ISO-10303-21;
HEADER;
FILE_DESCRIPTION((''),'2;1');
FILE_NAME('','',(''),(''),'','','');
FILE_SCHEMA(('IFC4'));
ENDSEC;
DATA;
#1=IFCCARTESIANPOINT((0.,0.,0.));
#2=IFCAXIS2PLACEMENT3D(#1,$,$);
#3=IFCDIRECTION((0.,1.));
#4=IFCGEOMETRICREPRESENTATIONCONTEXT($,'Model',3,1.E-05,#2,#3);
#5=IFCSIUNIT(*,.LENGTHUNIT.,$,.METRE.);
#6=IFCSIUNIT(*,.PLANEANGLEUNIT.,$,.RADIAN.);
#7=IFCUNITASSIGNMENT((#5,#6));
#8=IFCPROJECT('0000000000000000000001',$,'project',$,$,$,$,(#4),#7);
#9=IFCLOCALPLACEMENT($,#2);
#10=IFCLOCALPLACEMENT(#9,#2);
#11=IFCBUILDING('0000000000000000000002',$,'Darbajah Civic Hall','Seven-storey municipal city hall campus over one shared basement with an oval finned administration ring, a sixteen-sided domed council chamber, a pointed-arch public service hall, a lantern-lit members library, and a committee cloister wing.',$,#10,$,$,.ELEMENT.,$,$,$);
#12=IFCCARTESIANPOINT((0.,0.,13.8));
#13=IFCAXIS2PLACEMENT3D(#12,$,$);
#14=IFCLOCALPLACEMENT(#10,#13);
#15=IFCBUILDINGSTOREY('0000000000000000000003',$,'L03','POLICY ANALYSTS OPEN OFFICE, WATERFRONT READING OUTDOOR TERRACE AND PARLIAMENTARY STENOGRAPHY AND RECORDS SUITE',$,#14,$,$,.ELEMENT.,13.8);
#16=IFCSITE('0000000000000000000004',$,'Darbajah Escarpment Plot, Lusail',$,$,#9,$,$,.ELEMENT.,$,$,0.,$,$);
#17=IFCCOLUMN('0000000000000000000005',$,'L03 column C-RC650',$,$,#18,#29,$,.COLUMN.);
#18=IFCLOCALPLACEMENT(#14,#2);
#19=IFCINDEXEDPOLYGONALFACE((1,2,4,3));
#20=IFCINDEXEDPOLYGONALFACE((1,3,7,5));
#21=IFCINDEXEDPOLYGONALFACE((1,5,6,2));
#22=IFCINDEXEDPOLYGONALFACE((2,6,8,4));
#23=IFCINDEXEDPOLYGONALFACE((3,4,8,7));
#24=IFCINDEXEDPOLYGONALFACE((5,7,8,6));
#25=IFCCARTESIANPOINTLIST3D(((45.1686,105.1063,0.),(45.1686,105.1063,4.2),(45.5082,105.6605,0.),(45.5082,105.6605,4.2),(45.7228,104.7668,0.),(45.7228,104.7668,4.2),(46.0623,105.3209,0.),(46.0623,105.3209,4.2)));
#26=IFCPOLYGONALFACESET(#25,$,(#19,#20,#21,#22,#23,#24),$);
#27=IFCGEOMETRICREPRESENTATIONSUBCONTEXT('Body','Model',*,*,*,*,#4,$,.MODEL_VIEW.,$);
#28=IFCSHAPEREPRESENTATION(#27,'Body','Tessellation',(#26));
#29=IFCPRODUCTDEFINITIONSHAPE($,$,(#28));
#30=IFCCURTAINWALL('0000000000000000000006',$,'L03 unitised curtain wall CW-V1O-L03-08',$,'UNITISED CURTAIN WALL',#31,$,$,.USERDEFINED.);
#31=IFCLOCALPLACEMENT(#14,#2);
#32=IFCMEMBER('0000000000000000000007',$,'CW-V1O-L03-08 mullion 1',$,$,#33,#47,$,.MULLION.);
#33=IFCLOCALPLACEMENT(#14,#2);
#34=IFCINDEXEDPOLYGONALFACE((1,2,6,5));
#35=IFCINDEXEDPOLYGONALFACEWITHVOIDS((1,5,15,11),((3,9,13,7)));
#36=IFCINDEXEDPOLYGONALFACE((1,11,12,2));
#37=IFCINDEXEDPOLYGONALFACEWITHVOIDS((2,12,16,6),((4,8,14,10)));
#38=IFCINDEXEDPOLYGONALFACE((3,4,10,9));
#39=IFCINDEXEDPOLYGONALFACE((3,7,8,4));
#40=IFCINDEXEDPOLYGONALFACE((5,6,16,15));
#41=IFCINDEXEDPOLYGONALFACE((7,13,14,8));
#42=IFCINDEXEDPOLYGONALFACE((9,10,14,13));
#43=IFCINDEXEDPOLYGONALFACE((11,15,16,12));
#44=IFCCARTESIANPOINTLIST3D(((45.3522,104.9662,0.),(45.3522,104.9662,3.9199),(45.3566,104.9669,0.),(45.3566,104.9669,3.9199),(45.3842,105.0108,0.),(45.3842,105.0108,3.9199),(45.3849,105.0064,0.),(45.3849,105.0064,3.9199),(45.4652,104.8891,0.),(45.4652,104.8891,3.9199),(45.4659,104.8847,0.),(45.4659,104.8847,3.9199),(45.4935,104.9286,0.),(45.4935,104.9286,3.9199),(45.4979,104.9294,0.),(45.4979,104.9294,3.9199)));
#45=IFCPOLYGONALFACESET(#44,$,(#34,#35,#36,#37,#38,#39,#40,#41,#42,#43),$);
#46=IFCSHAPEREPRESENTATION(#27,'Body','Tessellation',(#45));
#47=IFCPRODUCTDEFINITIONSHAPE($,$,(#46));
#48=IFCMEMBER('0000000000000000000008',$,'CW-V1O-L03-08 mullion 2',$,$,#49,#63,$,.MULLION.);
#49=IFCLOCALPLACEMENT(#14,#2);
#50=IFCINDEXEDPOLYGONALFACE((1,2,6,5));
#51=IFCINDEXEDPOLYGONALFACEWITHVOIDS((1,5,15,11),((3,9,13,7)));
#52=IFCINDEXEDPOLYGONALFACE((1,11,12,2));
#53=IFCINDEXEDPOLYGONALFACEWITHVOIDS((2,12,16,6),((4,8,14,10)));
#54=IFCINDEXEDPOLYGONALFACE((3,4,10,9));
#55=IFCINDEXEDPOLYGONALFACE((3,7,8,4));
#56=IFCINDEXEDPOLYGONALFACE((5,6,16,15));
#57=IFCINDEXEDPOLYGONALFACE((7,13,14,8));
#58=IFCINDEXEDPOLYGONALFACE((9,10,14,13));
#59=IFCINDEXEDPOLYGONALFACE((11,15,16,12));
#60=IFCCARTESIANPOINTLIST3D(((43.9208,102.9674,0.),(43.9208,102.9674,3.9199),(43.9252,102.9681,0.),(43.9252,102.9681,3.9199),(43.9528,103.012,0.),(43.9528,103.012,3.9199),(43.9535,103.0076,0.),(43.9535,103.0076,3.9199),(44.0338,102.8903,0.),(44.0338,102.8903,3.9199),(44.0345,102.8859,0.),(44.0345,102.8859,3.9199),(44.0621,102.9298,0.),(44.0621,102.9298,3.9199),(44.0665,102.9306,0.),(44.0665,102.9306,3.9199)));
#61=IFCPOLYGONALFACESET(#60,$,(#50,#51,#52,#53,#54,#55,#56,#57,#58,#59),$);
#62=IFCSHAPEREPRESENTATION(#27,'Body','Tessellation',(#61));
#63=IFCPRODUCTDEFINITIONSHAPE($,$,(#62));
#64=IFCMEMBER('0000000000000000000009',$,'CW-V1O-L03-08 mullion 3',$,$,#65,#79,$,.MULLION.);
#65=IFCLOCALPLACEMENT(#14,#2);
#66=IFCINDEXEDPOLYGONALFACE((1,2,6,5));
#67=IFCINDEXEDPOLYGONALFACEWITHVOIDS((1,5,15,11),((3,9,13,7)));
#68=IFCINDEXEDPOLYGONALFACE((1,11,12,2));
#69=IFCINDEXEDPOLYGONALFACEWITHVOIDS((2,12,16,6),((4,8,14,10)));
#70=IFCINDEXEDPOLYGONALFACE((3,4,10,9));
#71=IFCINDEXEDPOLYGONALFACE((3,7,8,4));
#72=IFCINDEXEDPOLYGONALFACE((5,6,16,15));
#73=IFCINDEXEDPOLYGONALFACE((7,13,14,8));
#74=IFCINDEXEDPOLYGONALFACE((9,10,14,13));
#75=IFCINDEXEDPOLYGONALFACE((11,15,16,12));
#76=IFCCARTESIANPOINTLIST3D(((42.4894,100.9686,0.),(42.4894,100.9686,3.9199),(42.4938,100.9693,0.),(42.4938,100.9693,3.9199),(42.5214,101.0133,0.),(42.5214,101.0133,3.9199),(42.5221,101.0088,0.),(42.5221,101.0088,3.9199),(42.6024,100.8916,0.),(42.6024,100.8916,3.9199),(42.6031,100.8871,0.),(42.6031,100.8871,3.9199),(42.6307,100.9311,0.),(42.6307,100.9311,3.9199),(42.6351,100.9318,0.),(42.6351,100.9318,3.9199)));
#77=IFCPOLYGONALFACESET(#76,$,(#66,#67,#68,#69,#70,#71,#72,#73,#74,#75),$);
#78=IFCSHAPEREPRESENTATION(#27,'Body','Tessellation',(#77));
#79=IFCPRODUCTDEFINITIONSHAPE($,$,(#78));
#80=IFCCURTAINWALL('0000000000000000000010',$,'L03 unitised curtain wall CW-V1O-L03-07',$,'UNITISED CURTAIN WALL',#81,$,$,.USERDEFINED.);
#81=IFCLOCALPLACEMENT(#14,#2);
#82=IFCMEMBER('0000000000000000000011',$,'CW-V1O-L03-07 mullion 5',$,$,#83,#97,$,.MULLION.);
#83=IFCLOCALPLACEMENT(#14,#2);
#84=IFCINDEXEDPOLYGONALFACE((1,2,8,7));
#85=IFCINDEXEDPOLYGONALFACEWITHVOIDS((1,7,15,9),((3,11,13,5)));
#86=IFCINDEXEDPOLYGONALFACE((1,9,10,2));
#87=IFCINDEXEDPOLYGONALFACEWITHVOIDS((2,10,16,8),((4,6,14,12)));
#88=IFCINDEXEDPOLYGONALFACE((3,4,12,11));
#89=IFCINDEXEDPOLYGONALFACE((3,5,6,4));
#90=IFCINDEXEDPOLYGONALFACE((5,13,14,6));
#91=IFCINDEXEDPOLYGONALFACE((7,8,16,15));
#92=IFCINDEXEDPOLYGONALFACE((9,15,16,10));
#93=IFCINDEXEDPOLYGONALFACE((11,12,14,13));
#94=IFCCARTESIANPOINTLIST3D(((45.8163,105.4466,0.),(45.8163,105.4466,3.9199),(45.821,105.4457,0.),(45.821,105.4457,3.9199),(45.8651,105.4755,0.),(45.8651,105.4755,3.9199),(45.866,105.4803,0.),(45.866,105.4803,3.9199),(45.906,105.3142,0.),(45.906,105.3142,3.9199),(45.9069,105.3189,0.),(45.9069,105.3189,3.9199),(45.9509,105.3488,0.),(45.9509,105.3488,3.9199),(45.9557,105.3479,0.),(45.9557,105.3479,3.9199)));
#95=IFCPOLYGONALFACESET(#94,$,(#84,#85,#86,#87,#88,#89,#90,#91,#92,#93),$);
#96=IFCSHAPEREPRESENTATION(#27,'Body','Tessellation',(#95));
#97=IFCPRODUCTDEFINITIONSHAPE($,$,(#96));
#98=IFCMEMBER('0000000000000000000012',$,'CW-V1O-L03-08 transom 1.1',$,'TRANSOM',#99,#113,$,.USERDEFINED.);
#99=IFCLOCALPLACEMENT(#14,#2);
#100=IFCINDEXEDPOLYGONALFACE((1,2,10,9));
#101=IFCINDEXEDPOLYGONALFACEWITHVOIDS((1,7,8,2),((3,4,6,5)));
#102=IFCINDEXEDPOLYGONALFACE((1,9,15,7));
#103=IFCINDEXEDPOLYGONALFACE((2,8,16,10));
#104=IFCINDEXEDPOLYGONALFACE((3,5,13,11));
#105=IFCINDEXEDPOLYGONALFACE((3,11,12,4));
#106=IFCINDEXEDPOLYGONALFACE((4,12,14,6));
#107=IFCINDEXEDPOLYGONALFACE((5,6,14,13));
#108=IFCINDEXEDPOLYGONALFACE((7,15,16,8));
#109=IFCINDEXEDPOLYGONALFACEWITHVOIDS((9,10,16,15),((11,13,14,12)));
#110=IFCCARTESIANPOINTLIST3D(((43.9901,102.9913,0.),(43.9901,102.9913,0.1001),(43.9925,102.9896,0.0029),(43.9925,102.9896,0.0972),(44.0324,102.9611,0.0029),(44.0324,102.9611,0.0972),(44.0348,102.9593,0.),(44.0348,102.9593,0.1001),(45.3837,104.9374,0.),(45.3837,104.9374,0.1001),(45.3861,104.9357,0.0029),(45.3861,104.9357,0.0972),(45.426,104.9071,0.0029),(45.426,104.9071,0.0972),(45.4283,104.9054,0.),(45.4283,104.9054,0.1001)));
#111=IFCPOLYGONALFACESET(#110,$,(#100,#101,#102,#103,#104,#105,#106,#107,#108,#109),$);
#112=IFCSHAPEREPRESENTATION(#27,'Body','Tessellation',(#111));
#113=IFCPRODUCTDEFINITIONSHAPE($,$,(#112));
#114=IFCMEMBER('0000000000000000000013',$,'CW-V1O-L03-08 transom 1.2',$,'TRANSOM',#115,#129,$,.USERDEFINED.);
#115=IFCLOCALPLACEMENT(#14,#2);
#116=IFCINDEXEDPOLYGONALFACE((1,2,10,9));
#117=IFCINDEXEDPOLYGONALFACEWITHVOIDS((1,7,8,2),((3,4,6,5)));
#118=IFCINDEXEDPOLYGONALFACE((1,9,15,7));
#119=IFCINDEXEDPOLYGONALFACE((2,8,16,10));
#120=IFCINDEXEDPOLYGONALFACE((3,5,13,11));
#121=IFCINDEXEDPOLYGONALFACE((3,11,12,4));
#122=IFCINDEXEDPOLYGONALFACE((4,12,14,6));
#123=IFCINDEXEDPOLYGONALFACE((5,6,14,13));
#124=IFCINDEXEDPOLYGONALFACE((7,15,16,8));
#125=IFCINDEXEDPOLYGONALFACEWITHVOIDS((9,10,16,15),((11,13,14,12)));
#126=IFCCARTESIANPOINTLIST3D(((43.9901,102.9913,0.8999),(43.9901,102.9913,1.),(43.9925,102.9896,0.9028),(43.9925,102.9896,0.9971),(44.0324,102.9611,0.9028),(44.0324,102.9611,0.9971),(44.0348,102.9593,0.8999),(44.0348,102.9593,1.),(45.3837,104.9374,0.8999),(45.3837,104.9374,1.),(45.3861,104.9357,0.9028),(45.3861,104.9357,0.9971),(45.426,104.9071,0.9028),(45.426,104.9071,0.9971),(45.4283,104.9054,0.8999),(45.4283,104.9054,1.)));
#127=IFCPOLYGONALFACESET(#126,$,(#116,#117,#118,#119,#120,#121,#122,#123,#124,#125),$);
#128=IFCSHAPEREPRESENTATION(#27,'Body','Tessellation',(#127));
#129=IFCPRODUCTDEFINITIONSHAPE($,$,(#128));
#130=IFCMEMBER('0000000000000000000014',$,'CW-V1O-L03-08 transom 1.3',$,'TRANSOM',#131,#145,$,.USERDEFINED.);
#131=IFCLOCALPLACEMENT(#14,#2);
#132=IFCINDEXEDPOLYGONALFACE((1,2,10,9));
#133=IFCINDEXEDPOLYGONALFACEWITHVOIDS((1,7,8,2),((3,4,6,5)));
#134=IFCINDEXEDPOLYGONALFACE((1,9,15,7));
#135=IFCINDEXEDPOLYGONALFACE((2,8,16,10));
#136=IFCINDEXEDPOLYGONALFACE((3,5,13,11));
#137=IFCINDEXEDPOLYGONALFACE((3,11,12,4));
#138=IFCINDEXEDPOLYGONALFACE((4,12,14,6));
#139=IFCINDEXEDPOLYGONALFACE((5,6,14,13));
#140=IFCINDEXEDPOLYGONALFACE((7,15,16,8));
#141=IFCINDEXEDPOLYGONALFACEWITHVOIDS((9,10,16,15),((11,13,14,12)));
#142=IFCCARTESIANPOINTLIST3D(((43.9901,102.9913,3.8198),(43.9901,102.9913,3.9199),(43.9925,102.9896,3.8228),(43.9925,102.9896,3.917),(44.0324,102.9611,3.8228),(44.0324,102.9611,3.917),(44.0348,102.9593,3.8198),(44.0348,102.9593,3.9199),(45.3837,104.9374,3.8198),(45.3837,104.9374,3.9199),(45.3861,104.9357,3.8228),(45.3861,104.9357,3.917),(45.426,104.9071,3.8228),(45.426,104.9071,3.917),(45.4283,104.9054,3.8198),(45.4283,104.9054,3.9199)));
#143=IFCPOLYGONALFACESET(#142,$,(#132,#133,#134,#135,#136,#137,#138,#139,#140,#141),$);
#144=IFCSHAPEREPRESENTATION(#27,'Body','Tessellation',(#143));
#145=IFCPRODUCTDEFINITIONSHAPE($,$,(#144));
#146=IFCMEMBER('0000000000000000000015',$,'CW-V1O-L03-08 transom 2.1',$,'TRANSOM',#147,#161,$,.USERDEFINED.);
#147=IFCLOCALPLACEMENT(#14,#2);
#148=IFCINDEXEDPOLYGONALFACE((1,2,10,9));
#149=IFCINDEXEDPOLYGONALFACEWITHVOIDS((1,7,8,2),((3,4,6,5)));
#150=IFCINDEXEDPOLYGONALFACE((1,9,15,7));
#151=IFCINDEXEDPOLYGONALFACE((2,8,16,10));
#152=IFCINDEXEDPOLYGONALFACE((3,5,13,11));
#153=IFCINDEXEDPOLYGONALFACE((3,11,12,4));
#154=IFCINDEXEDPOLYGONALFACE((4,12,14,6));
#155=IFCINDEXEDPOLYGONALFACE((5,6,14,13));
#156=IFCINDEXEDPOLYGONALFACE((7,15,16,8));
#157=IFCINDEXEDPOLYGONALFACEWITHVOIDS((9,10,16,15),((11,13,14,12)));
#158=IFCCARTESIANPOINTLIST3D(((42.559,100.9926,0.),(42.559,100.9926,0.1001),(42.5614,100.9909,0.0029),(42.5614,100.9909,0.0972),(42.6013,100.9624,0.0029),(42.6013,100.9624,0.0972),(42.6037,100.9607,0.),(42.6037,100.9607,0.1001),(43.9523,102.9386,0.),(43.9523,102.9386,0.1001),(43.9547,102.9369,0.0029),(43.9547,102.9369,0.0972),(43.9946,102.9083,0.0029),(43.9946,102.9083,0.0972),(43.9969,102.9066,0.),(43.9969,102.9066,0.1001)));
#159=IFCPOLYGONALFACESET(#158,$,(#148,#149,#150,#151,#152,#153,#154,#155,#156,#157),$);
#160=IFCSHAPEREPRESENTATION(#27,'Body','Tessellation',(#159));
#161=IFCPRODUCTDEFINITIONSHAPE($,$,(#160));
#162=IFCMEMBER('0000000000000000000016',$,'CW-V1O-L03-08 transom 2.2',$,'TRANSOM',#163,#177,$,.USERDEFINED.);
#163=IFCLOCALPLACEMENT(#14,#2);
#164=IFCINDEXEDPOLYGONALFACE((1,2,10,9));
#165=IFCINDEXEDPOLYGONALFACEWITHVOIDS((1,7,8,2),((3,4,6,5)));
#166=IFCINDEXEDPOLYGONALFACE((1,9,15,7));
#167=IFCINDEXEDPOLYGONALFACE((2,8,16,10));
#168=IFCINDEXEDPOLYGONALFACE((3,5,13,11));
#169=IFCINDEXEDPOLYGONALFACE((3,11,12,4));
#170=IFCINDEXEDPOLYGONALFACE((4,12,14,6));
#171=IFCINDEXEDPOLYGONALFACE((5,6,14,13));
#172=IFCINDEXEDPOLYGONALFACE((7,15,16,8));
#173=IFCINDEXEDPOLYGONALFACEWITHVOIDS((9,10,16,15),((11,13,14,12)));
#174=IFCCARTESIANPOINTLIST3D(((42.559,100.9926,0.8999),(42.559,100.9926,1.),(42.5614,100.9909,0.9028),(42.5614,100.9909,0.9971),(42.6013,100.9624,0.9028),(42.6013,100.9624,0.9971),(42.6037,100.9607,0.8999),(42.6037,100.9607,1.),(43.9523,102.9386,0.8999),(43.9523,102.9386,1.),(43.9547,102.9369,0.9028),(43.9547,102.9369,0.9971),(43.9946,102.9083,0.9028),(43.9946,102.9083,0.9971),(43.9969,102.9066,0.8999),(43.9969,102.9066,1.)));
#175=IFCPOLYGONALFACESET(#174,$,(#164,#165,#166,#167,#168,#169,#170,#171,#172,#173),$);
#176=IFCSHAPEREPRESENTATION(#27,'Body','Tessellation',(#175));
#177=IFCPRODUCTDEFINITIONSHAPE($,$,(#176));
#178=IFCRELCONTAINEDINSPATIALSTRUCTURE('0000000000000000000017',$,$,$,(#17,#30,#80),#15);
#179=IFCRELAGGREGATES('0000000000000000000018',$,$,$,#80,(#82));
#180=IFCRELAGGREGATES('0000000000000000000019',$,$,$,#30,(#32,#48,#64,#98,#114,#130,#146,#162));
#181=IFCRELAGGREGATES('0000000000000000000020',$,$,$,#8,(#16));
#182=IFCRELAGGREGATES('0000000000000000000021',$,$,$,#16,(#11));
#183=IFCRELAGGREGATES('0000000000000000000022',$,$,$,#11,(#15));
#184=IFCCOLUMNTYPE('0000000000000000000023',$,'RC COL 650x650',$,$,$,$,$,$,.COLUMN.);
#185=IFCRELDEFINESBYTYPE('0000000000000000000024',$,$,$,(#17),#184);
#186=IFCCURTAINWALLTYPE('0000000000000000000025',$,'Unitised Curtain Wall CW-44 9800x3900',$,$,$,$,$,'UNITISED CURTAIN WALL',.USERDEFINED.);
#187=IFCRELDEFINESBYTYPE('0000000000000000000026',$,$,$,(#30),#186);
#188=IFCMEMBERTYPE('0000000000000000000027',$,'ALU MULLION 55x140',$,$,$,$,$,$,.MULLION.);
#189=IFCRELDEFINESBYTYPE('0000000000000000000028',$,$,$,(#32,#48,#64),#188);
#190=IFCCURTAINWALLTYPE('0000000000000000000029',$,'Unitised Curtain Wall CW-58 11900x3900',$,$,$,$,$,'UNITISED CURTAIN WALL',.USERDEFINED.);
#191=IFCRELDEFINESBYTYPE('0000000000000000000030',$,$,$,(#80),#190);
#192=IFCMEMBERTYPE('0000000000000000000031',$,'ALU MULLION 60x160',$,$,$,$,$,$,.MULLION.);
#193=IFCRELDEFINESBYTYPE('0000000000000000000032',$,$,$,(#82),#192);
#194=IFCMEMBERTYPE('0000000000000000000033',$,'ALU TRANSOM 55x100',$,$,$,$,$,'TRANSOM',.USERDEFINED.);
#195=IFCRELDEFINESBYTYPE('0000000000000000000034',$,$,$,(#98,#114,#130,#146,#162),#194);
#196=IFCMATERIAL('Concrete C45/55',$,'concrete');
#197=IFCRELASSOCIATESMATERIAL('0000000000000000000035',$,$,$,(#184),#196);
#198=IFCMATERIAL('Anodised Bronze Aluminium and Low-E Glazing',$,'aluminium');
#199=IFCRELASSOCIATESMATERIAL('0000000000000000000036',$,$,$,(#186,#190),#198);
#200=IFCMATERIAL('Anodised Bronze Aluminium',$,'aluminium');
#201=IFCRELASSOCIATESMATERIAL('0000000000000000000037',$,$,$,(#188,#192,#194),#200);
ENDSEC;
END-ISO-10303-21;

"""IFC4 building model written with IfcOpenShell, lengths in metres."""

from ifc_helpers import new_model, si_unit, direction, frame, origin, origin_2d, place, context, subcontext, project, spatial, rectangle, hollow_rectangle, extrude, material, material_profile, profile_set, type_object, element, aggregate, save


model = new_model("IFC4")

# Units and contexts
model_context = context("Model", 3, precision=1e-05, world=origin(), true_north=direction((0.0, 1.0)))
body_context = subcontext(model_context, "Body", "Model", "MODEL_VIEW")
ifc_project = project(units=[si_unit("LENGTHUNIT", "METRE"), si_unit("PLANEANGLEUNIT", "RADIAN")], contexts=[model_context])

# Site, building, storey
site_placement = place(None, origin())
site = spatial("IfcSite", under=ifc_project, at=site_placement, Name="Darbajah Escarpment Plot, Lusail", CompositionType="ELEMENT", RefElevation=0.0)
building_placement = place(site_placement, origin())
building = spatial("IfcBuilding", under=site, at=building_placement, Name="Darbajah Civic Hall", Description="Seven-storey municipal city hall campus over one shared basement with an oval finned administration ring, a sixteen-sided domed council chamber, a pointed-arch public service hall, a lantern-lit members library, and a committee cloister wing.", CompositionType="ELEMENT")
storey_placement = place(building_placement, frame((0.0, 0.0, 13.8)))
storey = spatial("IfcBuildingStorey", under=building, at=storey_placement, Name="L03", Description="POLICY ANALYSTS OPEN OFFICE, WATERFRONT READING OUTDOOR TERRACE AND PARLIAMENTARY STENOGRAPHY AND RECORDS SUITE", CompositionType="ELEMENT", Elevation=13.8)

# Column
ifc_material_1 = material(Name="Concrete C45/55", Category="concrete")
ifc_material_profile_1 = material_profile(ifc_material_1, rectangle(XDim=0.6499, YDim=0.6499, at=origin_2d()), Name="RC COL 650x650")
ifc_profile_set_1 = profile_set([ifc_material_profile_1], Name="Concrete C45/55")
column_type = type_object("IfcColumnType", Name="RC COL 650x650", PredefinedType="COLUMN", material=ifc_profile_set_1)
column_placement = place(storey_placement, frame((45.6155, 105.2136, 0.0), z_axis=(0.0, 0.0, 1.0), x_axis=(-0.85264, 0.522499, 0.0)))
element("IfcColumn", 1, at=column_placement, inside=storey, type_object=column_type, Name="L03 column C-RC650", PredefinedType="COLUMN", context=body_context, shape_type="SweptSolid", body=[
    extrude(rectangle(XDim=0.6499, YDim=0.6499, at=origin_2d()), origin(), (0.0, 0.0, 1.0), 4.2),
])

# Curtain wall, members
ifc_material_2 = material(Name="Anodised Bronze Aluminium and Low-E Glazing", Category="aluminium")
curtain_wall_type_1 = type_object("IfcCurtainWallType", Name="Unitised Curtain Wall CW-44 9800x3900", ElementType="UNITISED CURTAIN WALL", PredefinedType="USERDEFINED", material=ifc_material_2)
curtain_wall_1_placement = place(storey_placement, origin())
curtain_wall_1 = element("IfcCurtainWall", 2, at=curtain_wall_1_placement, inside=storey, type_object=curtain_wall_type_1, Name="L03 unitised curtain wall CW-V1O-L03-08", ObjectType="UNITISED CURTAIN WALL", PredefinedType="USERDEFINED")
ifc_material_3 = material(Name="Anodised Bronze Aluminium", Category="aluminium")
ifc_material_profile_2 = material_profile(ifc_material_3, hollow_rectangle(XDim=0.0549, YDim=0.1399, WallThickness=0.0032, at=origin_2d()), Name="ALU MULLION 55x140")
ifc_profile_set_2 = profile_set([ifc_material_profile_2], Name="Anodised Bronze Aluminium")
member_type_1 = type_object("IfcMemberType", Name="ALU MULLION 55x140", PredefinedType="MULLION", material=ifc_profile_set_2)
member_1_placement = place(storey_placement, frame((45.425, 104.9478, 0.0), z_axis=(0.0, 0.0, 1.0), x_axis=(-0.582265, -0.812999, 0.0)))
member_1 = element("IfcMember", 3, at=member_1_placement, type_object=member_type_1, Name="CW-V1O-L03-08 mullion 1", PredefinedType="MULLION", context=body_context, shape_type="SweptSolid", body=[
    extrude(hollow_rectangle(XDim=0.0549, YDim=0.1399, WallThickness=0.0032, at=origin_2d()), origin(), (0.0, 0.0, 1.0), 3.9199),
])
member_2_placement = place(storey_placement, frame((43.9937, 102.949, 0.0), z_axis=(0.0, 0.0, 1.0), x_axis=(-0.582265, -0.812999, 0.0)))
member_2 = element("IfcMember", 4, at=member_2_placement, type_object=member_type_1, Name="CW-V1O-L03-08 mullion 2", PredefinedType="MULLION", context=body_context, shape_type="SweptSolid", body=[
    extrude(hollow_rectangle(XDim=0.0549, YDim=0.1399, WallThickness=0.0032, at=origin_2d()), origin(), (0.0, 0.0, 1.0), 3.9199),
])
member_3_placement = place(storey_placement, frame((42.5623, 100.9502, 0.0), z_axis=(0.0, 0.0, 1.0), x_axis=(-0.582265, -0.812999, 0.0)))
member_3 = element("IfcMember", 5, at=member_3_placement, type_object=member_type_1, Name="CW-V1O-L03-08 mullion 3", PredefinedType="MULLION", context=body_context, shape_type="SweptSolid", body=[
    extrude(hollow_rectangle(XDim=0.0549, YDim=0.1399, WallThickness=0.0032, at=origin_2d()), origin(), (0.0, 0.0, 1.0), 3.9199),
])

# Curtain wall, member
curtain_wall_type_2 = type_object("IfcCurtainWallType", Name="Unitised Curtain Wall CW-58 11900x3900", ElementType="UNITISED CURTAIN WALL", PredefinedType="USERDEFINED", material=ifc_material_2)
curtain_wall_2_placement = place(storey_placement, origin())
curtain_wall_2 = element("IfcCurtainWall", 6, at=curtain_wall_2_placement, inside=storey, type_object=curtain_wall_type_2, Name="L03 unitised curtain wall CW-V1O-L03-07", ObjectType="UNITISED CURTAIN WALL", PredefinedType="USERDEFINED")
ifc_material_profile_3 = material_profile(ifc_material_3, hollow_rectangle(XDim=0.0601, YDim=0.1599, WallThickness=0.0034, at=origin_2d()), Name="ALU MULLION 60x160")
ifc_profile_set_3 = profile_set([ifc_material_profile_3], Name="Anodised Bronze Aluminium")
member_type_2 = type_object("IfcMemberType", Name="ALU MULLION 60x160", PredefinedType="MULLION", material=ifc_profile_set_3)
member_4_placement = place(storey_placement, frame((45.886, 105.3972, 0.0), z_axis=(0.0, 0.0, 1.0), x_axis=(-0.827962, -0.560784, 0.0)))
member_4 = element("IfcMember", 7, at=member_4_placement, type_object=member_type_2, Name="CW-V1O-L03-07 mullion 5", PredefinedType="MULLION", context=body_context, shape_type="SweptSolid", body=[
    extrude(hollow_rectangle(XDim=0.0601, YDim=0.1599, WallThickness=0.0034, at=origin_2d()), origin(), (0.0, 0.0, 1.0), 3.9199),
])
aggregate(curtain_wall_2, [member_4])

# Members
ifc_material_profile_4 = material_profile(ifc_material_3, hollow_rectangle(XDim=0.0549, YDim=0.1001, WallThickness=0.0029, at=origin_2d()), Name="ALU TRANSOM 55x100")
ifc_profile_set_4 = profile_set([ifc_material_profile_4], Name="Anodised Bronze Aluminium")
member_type_3 = type_object("IfcMemberType", Name="ALU TRANSOM 55x100", ElementType="TRANSOM", PredefinedType="USERDEFINED", material=ifc_profile_set_4)
member_5_placement = place(storey_placement, frame((45.406, 104.9214, 0.05), z_axis=(-0.582212, -0.813037, 0.0), x_axis=(0.813037, -0.582212, 0.0)))
member_5 = element("IfcMember", 8, at=member_5_placement, type_object=member_type_3, Name="CW-V1O-L03-08 transom 1.1", ObjectType="TRANSOM", PredefinedType="USERDEFINED", context=body_context, shape_type="SweptSolid", body=[
    extrude(hollow_rectangle(XDim=0.0549, YDim=0.1001, WallThickness=0.0029, at=origin_2d()), origin(), (0.0, 0.0, 1.0), 2.3936),
])
member_6_placement = place(storey_placement, frame((45.406, 104.9214, 0.95), z_axis=(-0.582212, -0.813037, 0.0), x_axis=(0.813037, -0.582212, 0.0)))
member_6 = element("IfcMember", 9, at=member_6_placement, type_object=member_type_3, Name="CW-V1O-L03-08 transom 1.2", ObjectType="TRANSOM", PredefinedType="USERDEFINED", context=body_context, shape_type="SweptSolid", body=[
    extrude(hollow_rectangle(XDim=0.0549, YDim=0.1001, WallThickness=0.0029, at=origin_2d()), origin(), (0.0, 0.0, 1.0), 2.3936),
])
member_7_placement = place(storey_placement, frame((45.406, 104.9214, 3.8699), z_axis=(-0.582212, -0.813037, 0.0), x_axis=(0.813037, -0.582212, 0.0)))
member_7 = element("IfcMember", 10, at=member_7_placement, type_object=member_type_3, Name="CW-V1O-L03-08 transom 1.3", ObjectType="TRANSOM", PredefinedType="USERDEFINED", context=body_context, shape_type="SweptSolid", body=[
    extrude(hollow_rectangle(XDim=0.0549, YDim=0.1001, WallThickness=0.0029, at=origin_2d()), origin(), (0.0, 0.0, 1.0), 2.3936),
])
member_8_placement = place(storey_placement, frame((43.9746, 102.9226, 0.05), z_axis=(-0.582145, -0.813085, 0.0), x_axis=(0.813085, -0.582145, 0.0)))
member_8 = element("IfcMember", 11, at=member_8_placement, type_object=member_type_3, Name="CW-V1O-L03-08 transom 2.1", ObjectType="TRANSOM", PredefinedType="USERDEFINED", context=body_context, shape_type="SweptSolid", body=[
    extrude(hollow_rectangle(XDim=0.0549, YDim=0.1001, WallThickness=0.0029, at=origin_2d()), origin(), (0.0, 0.0, 1.0), 2.3933),
])
member_9_placement = place(storey_placement, frame((43.9746, 102.9226, 0.95), z_axis=(-0.582145, -0.813085, 0.0), x_axis=(0.813085, -0.582145, 0.0)))
member_9 = element("IfcMember", 12, at=member_9_placement, type_object=member_type_3, Name="CW-V1O-L03-08 transom 2.2", ObjectType="TRANSOM", PredefinedType="USERDEFINED", context=body_context, shape_type="SweptSolid", body=[
    extrude(hollow_rectangle(XDim=0.0549, YDim=0.1001, WallThickness=0.0029, at=origin_2d()), origin(), (0.0, 0.0, 1.0), 2.3933),
])

aggregate(curtain_wall_1, [member_1, member_2, member_3, member_5, member_6, member_7, member_8, member_9])

save(model, "model.ifc")
